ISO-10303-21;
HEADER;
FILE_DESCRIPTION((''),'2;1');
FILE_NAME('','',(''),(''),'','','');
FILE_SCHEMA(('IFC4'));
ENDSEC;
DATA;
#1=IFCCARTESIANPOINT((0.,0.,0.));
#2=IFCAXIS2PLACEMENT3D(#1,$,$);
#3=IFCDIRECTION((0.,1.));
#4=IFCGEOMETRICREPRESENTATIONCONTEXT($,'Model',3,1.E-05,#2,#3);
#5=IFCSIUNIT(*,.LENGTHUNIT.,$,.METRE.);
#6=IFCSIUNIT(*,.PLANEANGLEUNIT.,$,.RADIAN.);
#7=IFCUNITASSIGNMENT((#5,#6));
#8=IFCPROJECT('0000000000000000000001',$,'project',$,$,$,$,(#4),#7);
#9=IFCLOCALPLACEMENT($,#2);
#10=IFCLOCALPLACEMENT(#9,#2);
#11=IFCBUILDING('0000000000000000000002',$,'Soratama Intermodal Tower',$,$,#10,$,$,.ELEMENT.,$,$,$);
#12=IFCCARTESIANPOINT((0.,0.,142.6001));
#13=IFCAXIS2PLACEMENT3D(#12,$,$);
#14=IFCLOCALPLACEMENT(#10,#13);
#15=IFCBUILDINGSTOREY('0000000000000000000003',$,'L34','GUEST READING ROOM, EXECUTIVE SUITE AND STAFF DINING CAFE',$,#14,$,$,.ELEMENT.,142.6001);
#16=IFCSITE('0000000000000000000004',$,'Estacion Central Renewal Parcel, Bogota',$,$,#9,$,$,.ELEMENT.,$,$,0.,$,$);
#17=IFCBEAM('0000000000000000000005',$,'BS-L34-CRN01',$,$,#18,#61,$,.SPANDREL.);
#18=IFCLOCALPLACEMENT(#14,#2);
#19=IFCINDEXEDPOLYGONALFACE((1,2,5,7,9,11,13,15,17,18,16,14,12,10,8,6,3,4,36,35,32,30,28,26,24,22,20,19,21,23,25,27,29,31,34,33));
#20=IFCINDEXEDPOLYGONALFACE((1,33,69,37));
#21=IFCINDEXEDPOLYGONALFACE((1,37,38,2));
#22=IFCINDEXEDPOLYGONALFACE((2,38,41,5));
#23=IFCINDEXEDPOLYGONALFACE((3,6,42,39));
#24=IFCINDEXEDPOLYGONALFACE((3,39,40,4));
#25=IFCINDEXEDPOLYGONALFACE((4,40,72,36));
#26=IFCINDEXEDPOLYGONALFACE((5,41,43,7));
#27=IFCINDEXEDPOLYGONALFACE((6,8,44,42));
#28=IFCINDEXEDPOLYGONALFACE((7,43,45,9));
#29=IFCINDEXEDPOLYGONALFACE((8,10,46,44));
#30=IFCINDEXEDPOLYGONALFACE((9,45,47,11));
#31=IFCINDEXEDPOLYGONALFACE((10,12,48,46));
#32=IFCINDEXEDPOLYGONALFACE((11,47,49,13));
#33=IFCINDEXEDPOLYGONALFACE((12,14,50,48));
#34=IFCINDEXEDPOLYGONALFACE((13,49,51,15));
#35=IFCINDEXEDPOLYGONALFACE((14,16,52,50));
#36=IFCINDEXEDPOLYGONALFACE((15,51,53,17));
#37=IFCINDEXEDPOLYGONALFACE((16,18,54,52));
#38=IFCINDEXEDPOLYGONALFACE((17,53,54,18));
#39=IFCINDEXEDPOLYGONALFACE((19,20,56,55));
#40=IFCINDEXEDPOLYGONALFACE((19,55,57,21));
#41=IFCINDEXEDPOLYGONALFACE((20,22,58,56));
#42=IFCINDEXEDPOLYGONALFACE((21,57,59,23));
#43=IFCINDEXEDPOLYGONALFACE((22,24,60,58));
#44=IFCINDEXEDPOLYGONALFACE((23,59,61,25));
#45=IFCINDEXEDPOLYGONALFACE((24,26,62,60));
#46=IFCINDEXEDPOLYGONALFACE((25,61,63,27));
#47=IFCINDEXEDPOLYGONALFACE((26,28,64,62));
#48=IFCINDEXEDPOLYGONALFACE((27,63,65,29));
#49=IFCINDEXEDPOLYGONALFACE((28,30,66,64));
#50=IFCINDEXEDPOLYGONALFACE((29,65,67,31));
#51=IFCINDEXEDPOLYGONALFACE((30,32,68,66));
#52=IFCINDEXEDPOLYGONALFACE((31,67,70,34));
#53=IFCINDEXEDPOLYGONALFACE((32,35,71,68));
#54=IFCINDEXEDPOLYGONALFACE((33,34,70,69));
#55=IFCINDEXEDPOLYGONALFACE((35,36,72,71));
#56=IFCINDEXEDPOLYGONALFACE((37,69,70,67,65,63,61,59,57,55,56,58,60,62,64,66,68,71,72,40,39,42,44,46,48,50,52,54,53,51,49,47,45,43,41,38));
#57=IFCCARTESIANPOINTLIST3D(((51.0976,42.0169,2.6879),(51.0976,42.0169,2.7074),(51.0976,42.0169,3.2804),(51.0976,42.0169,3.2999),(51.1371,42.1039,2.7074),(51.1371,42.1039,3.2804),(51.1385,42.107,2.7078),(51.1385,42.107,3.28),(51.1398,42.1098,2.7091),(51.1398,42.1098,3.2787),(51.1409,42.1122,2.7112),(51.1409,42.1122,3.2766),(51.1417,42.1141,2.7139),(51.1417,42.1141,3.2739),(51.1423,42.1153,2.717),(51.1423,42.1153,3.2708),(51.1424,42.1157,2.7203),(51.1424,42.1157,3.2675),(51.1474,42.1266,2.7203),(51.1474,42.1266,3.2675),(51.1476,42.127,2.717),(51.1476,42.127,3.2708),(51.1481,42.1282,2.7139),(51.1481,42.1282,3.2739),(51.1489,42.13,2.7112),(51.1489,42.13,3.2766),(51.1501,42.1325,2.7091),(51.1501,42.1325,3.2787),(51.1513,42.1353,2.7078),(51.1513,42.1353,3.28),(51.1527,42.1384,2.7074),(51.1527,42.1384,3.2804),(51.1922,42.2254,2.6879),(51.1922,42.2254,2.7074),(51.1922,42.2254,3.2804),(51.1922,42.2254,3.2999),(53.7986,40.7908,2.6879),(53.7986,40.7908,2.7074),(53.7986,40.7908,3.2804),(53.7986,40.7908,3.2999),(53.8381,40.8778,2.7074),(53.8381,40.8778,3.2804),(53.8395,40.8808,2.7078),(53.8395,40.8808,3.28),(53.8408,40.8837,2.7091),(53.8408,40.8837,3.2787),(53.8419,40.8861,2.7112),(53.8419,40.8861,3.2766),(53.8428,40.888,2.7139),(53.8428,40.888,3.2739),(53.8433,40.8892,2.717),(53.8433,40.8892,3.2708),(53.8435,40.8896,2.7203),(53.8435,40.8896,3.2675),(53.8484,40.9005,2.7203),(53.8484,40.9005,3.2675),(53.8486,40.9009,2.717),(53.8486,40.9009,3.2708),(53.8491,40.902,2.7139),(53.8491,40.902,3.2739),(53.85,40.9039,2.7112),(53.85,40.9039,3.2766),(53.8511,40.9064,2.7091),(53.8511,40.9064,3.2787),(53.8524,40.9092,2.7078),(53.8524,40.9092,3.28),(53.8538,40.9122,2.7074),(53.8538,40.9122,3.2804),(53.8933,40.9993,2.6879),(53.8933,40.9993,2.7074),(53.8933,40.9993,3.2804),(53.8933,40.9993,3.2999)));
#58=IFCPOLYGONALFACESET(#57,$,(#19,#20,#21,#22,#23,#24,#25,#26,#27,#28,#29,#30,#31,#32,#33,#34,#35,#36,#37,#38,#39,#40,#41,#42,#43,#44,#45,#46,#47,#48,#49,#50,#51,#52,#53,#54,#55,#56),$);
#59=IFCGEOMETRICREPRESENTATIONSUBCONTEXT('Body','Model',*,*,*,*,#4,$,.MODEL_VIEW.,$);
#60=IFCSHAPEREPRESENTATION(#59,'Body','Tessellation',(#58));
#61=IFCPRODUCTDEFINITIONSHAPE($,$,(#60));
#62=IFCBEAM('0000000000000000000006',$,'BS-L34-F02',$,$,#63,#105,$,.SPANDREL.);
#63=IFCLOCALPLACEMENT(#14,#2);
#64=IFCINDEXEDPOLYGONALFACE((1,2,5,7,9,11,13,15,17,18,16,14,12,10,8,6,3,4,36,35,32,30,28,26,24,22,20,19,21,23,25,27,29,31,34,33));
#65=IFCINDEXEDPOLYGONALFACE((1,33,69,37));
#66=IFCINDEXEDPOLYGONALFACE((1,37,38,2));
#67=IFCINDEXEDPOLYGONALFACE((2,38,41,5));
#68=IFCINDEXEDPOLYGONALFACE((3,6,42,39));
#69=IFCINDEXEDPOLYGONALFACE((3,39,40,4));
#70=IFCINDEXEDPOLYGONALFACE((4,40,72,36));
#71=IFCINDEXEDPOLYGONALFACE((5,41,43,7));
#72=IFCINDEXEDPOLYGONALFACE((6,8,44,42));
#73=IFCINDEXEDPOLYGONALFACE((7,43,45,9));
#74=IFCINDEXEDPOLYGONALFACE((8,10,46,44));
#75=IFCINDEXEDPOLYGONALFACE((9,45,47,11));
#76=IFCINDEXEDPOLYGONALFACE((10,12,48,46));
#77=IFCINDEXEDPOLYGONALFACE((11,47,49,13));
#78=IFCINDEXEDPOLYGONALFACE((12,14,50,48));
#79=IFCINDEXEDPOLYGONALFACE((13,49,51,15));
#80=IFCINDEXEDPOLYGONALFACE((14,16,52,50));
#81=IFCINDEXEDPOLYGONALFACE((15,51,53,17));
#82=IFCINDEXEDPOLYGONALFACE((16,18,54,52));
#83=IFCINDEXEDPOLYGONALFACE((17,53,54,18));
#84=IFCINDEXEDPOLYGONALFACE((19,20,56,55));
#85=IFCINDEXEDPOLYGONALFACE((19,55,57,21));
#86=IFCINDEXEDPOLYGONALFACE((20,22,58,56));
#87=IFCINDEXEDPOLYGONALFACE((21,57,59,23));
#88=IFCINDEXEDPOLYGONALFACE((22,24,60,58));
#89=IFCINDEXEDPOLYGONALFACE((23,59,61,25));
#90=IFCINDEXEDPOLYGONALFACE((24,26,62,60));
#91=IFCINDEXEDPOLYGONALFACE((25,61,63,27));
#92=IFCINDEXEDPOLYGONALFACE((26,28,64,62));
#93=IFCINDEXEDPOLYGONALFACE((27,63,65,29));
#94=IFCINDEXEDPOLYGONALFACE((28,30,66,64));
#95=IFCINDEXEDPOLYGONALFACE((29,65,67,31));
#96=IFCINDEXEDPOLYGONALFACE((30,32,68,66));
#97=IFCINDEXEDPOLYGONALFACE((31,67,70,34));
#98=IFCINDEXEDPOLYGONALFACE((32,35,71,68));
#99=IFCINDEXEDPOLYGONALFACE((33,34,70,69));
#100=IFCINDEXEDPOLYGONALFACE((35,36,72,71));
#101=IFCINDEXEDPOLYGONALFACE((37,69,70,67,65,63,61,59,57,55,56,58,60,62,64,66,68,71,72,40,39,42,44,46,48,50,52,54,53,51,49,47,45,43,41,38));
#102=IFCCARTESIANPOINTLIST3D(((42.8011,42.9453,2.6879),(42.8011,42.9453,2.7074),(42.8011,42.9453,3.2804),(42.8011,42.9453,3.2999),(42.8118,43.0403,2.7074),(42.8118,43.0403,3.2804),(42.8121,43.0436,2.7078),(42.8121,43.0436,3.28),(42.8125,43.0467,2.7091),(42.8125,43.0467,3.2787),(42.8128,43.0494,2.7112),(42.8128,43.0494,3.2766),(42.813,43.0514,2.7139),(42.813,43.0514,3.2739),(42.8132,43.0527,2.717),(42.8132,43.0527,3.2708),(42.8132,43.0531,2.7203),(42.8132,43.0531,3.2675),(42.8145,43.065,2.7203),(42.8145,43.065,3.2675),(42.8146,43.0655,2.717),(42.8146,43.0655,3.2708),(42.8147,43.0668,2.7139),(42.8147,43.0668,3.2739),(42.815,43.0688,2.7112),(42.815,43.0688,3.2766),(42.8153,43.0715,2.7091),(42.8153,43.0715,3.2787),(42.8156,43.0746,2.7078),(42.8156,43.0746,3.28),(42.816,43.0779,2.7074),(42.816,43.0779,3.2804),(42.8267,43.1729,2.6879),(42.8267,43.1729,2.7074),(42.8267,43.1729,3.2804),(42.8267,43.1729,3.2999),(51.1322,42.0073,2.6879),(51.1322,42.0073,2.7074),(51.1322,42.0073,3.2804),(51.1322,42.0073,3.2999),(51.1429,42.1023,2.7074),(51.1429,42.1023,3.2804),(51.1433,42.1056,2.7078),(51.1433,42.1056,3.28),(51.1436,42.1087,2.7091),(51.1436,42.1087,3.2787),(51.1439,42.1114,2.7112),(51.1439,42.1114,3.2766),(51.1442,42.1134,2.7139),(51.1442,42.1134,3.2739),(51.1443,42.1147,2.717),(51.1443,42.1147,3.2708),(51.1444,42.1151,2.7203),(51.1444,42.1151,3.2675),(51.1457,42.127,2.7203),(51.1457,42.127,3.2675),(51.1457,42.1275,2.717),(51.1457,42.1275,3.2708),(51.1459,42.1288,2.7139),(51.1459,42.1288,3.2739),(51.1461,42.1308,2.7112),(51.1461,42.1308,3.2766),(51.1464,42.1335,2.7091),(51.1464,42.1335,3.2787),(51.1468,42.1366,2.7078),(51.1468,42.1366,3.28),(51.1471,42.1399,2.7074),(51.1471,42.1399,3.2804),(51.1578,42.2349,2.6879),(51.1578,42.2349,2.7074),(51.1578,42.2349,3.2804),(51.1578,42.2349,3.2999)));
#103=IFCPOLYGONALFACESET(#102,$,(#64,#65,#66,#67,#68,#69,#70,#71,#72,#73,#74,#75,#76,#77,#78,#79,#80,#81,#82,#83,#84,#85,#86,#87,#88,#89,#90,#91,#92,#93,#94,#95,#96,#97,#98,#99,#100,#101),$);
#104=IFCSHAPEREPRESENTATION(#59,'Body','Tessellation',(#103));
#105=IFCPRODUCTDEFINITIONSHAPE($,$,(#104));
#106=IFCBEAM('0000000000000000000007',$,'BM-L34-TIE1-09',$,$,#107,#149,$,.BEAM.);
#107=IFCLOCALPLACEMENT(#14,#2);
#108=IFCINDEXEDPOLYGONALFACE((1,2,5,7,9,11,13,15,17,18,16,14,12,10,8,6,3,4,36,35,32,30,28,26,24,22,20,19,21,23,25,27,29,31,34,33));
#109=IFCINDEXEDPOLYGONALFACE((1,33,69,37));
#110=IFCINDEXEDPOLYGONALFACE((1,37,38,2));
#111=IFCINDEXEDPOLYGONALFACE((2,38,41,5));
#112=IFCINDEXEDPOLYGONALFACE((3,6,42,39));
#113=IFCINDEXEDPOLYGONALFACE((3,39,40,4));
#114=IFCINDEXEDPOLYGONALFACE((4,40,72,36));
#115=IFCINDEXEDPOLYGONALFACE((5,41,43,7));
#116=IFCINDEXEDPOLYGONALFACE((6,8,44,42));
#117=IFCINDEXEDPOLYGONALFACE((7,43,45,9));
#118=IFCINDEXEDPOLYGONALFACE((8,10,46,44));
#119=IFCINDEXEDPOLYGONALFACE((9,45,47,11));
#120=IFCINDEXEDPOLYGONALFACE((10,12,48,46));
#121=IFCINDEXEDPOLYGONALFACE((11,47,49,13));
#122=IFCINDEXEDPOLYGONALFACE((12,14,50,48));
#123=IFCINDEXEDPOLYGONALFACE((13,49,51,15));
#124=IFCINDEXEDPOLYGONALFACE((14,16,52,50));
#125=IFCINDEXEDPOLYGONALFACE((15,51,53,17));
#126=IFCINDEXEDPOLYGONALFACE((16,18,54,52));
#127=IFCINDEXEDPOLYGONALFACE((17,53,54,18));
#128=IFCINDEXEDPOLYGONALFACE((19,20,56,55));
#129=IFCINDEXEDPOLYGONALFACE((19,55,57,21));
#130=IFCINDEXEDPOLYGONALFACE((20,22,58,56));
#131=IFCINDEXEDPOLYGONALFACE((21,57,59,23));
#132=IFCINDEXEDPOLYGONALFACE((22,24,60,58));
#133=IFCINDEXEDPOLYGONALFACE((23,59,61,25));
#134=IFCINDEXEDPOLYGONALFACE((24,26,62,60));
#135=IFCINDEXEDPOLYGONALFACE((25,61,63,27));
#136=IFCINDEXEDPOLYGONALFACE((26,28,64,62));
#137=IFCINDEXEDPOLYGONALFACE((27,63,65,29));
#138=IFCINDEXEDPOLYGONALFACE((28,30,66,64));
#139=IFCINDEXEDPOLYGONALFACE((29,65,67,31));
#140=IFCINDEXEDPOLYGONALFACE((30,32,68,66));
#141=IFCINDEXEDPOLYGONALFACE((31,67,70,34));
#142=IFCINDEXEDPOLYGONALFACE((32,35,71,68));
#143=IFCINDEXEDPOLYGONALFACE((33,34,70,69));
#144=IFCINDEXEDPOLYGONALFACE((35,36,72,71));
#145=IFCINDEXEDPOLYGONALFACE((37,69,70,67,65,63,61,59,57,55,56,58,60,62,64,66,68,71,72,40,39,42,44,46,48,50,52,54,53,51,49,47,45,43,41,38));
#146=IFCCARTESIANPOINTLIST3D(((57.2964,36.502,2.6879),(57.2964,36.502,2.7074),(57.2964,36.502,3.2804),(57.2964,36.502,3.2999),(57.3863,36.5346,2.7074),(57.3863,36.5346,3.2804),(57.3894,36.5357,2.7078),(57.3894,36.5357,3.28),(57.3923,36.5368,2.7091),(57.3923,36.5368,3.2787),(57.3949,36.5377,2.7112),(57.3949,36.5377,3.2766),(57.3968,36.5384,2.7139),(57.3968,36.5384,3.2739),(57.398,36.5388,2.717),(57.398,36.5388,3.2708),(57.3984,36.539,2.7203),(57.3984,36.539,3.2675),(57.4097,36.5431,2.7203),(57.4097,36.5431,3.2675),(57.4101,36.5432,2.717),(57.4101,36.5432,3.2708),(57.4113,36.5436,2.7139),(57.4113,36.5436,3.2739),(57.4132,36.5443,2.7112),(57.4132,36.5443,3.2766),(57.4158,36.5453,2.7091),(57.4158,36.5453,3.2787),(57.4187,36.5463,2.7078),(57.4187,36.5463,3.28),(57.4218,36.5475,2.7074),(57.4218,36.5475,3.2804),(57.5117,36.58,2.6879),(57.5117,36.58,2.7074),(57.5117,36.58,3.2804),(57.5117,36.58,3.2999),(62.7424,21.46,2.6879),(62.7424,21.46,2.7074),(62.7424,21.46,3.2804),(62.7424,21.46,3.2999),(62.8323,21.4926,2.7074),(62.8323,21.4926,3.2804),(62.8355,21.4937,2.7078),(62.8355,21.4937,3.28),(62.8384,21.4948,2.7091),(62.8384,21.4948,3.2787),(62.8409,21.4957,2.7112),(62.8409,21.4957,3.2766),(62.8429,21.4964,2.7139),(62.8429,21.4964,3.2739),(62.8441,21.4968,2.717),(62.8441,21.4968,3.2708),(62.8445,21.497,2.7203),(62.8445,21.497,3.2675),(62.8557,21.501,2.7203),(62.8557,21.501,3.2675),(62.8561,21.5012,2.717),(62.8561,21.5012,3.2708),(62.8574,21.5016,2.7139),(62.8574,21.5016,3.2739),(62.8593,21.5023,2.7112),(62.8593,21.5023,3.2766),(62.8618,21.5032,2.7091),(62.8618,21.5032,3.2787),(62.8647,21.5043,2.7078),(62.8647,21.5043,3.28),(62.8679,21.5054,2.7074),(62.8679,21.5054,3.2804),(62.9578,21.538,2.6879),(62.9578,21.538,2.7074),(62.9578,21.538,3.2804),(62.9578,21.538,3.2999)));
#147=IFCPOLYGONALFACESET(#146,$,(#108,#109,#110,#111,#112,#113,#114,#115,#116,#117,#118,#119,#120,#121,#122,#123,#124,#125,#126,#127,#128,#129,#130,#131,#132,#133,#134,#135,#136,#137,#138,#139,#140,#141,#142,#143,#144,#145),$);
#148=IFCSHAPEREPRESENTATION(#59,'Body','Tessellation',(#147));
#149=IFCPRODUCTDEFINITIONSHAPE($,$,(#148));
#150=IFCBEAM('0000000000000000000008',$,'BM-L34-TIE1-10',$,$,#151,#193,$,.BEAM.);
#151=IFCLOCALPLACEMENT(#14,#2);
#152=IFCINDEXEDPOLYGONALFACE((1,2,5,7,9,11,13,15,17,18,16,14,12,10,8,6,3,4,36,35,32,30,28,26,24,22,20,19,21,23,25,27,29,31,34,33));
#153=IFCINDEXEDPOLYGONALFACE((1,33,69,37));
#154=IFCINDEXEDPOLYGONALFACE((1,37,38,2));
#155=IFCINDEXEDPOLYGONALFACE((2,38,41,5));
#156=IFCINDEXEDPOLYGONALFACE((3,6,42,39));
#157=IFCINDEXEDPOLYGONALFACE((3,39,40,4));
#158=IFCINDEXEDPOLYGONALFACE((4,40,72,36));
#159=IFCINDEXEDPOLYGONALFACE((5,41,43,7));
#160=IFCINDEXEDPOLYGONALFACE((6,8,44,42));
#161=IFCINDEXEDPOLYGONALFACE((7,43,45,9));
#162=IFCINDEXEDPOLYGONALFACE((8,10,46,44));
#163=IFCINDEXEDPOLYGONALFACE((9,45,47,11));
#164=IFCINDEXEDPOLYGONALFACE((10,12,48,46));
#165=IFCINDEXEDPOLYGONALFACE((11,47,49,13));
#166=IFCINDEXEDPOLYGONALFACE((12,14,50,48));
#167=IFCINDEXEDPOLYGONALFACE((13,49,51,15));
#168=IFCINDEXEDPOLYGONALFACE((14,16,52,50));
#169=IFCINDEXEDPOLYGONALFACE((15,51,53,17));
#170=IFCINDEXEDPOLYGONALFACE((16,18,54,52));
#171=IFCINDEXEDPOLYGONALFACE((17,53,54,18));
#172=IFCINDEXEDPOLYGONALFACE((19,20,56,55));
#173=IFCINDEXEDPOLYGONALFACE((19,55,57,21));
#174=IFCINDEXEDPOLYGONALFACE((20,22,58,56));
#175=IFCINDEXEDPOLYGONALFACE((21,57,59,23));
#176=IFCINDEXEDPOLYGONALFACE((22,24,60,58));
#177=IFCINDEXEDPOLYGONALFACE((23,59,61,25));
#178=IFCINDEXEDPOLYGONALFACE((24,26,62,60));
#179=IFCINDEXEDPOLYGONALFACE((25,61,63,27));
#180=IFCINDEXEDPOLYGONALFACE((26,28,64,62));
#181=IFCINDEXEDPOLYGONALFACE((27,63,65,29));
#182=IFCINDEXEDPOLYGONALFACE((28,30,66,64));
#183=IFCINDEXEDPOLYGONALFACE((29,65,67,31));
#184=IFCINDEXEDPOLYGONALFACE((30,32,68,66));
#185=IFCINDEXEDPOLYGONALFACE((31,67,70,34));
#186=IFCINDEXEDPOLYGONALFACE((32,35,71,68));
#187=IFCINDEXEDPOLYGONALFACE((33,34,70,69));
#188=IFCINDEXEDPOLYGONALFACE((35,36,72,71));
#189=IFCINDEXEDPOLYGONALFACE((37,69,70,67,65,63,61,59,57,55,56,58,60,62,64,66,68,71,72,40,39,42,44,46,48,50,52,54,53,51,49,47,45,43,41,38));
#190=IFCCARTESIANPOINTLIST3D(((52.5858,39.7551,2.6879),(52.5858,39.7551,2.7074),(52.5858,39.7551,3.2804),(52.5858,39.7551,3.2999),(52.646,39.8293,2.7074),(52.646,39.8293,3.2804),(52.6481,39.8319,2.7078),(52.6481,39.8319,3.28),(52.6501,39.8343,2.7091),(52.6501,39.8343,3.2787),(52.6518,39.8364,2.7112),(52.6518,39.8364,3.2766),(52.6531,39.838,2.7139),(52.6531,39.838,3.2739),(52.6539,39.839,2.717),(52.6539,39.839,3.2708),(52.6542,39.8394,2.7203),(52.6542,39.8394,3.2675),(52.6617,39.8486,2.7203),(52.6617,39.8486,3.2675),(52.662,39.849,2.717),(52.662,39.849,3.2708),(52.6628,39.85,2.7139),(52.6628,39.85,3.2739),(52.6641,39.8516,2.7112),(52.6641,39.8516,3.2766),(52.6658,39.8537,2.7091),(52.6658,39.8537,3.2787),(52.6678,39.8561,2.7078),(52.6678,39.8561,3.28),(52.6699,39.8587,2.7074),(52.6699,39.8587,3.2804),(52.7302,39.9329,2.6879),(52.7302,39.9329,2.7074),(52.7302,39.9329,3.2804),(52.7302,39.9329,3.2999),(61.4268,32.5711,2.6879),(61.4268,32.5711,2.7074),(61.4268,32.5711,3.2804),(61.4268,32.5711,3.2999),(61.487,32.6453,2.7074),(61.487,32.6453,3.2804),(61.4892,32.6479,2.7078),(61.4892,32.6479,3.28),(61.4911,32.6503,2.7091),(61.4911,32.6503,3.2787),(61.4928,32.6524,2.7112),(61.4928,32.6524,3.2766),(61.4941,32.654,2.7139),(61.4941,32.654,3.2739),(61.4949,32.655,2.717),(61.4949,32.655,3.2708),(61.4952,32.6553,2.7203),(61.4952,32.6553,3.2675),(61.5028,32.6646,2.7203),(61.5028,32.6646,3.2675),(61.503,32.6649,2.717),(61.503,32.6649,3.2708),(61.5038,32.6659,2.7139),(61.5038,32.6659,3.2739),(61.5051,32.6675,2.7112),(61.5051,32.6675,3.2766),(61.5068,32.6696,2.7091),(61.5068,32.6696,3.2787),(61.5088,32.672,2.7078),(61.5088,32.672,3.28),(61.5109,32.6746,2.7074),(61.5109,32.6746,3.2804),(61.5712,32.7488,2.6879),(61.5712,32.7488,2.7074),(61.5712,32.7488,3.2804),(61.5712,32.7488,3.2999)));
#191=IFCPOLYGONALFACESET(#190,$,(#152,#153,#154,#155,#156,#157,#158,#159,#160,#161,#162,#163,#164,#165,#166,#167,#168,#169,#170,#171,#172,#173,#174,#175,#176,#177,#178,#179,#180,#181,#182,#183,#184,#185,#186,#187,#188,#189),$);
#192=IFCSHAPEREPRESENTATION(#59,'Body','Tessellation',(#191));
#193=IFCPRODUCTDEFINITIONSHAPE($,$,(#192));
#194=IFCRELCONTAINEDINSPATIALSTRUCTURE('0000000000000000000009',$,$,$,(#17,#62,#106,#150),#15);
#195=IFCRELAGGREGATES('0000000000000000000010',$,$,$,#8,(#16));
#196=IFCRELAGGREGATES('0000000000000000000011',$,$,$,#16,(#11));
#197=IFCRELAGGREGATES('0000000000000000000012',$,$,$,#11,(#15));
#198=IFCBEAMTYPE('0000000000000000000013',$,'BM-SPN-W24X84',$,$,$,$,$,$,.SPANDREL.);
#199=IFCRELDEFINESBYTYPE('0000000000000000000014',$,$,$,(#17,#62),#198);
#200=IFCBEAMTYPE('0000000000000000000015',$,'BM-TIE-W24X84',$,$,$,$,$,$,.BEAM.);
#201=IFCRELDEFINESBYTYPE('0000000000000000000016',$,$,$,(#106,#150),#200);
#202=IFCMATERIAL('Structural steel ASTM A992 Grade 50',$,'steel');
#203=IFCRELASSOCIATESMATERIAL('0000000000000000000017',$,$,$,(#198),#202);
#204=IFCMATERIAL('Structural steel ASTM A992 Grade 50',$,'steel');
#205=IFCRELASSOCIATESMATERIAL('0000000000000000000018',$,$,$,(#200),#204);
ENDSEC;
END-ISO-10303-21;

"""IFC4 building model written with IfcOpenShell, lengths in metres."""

from ifc_helpers import new_model, si_unit, direction, frame, origin, origin_2d, place, context, subcontext, project, spatial, i_section, extrude, material, material_profile, profile_set, type_object, element, save


model = new_model("IFC4")

# Units and contexts
model_context = context("Model", 3, precision=1e-05, world=origin(), true_north=direction((0.0, 1.0)))
body_context = subcontext(model_context, "Body", "Model", "MODEL_VIEW")
ifc_project = project(units=[si_unit("LENGTHUNIT", "METRE"), si_unit("PLANEANGLEUNIT", "RADIAN")], contexts=[model_context])

# Site, building, storey
site_placement = place(None, origin())
site = spatial("IfcSite", under=ifc_project, at=site_placement, Name="Estacion Central Renewal Parcel, Bogota", CompositionType="ELEMENT", RefElevation=0.0)
building_placement = place(site_placement, origin())
building = spatial("IfcBuilding", under=site, at=building_placement, Name="Soratama Intermodal Tower", CompositionType="ELEMENT")
storey_placement = place(building_placement, frame((0.0, 0.0, 142.6001)))
storey = spatial("IfcBuildingStorey", under=building, at=storey_placement, Name="L34", Description="GUEST READING ROOM, EXECUTIVE SUITE AND STAFF DINING CAFE", CompositionType="ELEMENT", Elevation=142.6001)

# Beams
ifc_material_1 = material(Name="Structural steel ASTM A992 Grade 50", Category="steel")
ifc_material_profile_1 = material_profile(ifc_material_1, i_section(OverallWidth=0.229, OverallDepth=0.6121, WebThickness=0.012, FlangeThickness=0.0195, FilletRadius=0.0129, at=origin_2d()), Name="W24X84")
ifc_profile_set_1 = profile_set([ifc_material_profile_1], Name="Structural steel ASTM A992 Grade 50")
beam_type_1 = type_object("IfcBeamType", Name="BM-SPN-W24X84", PredefinedType="SPANDREL", material=ifc_profile_set_1)
beam_1_placement = place(storey_placement, frame((53.8459, 40.895, 2.9939), z_axis=(-0.910572, 0.41335, 0.0), x_axis=(-0.41335, -0.910572, 0.0)))
element("IfcBeam", 1, at=beam_1_placement, inside=storey, type_object=beam_type_1, Name="BS-L34-CRN01", PredefinedType="SPANDREL", context=body_context, shape_type="SweptSolid", body=[
    extrude(i_section(OverallWidth=0.229, OverallDepth=0.6121, WebThickness=0.012, FlangeThickness=0.0195, FilletRadius=0.0129, at=origin_2d()), origin(), (0.0, 0.0, 1.0), 2.9663),
])
beam_2_placement = place(storey_placement, frame((51.145, 42.1211, 2.9939), z_axis=(-0.993721, 0.111882, 0.0), x_axis=(-0.111882, -0.993721, 0.0)))
element("IfcBeam", 2, at=beam_2_placement, inside=storey, type_object=beam_type_1, Name="BS-L34-F02", PredefinedType="SPANDREL", context=body_context, shape_type="SweptSolid", body=[
    extrude(i_section(OverallWidth=0.229, OverallDepth=0.6121, WebThickness=0.012, FlangeThickness=0.0195, FilletRadius=0.0129, at=origin_2d()), origin(), (0.0, 0.0, 1.0), 8.3838),
])
ifc_material_2 = material(Name="Structural steel ASTM A992 Grade 50", Category="steel")
ifc_material_profile_2 = material_profile(ifc_material_2, i_section(OverallWidth=0.229, OverallDepth=0.6121, WebThickness=0.012, FlangeThickness=0.0195, FilletRadius=0.0129, at=origin_2d()), Name="W24X84")
ifc_profile_set_2 = profile_set([ifc_material_profile_2], Name="Structural steel ASTM A992 Grade 50")
beam_type_2 = type_object("IfcBeamType", Name="BM-TIE-W24X84", PredefinedType="BEAM", material=ifc_profile_set_2)
beam_3_placement = place(storey_placement, frame((57.4041, 36.541, 2.9939), z_axis=(0.34043, -0.94027, 0.0), x_axis=(0.94027, 0.34043, 0.0)))
element("IfcBeam", 3, at=beam_3_placement, inside=storey, type_object=beam_type_2, Name="BM-L34-TIE1-09", PredefinedType="BEAM", context=body_context, shape_type="SweptSolid", body=[
    extrude(i_section(OverallWidth=0.229, OverallDepth=0.6121, WebThickness=0.012, FlangeThickness=0.0195, FilletRadius=0.0129, at=origin_2d()), origin(), (0.0, 0.0, 1.0), 15.9976),
])
beam_4_placement = place(storey_placement, frame((52.658, 39.844, 2.9939), z_axis=(0.776083, -0.630631, 0.0), x_axis=(0.630631, 0.776083, 0.0)))
element("IfcBeam", 4, at=beam_4_placement, inside=storey, type_object=beam_type_2, Name="BM-L34-TIE1-10", PredefinedType="BEAM", context=body_context, shape_type="SweptSolid", body=[
    extrude(i_section(OverallWidth=0.229, OverallDepth=0.6121, WebThickness=0.012, FlangeThickness=0.0195, FilletRadius=0.0129, at=origin_2d()), origin(), (0.0, 0.0, 1.0), 11.3918),
])

save(model, "model.ifc")
